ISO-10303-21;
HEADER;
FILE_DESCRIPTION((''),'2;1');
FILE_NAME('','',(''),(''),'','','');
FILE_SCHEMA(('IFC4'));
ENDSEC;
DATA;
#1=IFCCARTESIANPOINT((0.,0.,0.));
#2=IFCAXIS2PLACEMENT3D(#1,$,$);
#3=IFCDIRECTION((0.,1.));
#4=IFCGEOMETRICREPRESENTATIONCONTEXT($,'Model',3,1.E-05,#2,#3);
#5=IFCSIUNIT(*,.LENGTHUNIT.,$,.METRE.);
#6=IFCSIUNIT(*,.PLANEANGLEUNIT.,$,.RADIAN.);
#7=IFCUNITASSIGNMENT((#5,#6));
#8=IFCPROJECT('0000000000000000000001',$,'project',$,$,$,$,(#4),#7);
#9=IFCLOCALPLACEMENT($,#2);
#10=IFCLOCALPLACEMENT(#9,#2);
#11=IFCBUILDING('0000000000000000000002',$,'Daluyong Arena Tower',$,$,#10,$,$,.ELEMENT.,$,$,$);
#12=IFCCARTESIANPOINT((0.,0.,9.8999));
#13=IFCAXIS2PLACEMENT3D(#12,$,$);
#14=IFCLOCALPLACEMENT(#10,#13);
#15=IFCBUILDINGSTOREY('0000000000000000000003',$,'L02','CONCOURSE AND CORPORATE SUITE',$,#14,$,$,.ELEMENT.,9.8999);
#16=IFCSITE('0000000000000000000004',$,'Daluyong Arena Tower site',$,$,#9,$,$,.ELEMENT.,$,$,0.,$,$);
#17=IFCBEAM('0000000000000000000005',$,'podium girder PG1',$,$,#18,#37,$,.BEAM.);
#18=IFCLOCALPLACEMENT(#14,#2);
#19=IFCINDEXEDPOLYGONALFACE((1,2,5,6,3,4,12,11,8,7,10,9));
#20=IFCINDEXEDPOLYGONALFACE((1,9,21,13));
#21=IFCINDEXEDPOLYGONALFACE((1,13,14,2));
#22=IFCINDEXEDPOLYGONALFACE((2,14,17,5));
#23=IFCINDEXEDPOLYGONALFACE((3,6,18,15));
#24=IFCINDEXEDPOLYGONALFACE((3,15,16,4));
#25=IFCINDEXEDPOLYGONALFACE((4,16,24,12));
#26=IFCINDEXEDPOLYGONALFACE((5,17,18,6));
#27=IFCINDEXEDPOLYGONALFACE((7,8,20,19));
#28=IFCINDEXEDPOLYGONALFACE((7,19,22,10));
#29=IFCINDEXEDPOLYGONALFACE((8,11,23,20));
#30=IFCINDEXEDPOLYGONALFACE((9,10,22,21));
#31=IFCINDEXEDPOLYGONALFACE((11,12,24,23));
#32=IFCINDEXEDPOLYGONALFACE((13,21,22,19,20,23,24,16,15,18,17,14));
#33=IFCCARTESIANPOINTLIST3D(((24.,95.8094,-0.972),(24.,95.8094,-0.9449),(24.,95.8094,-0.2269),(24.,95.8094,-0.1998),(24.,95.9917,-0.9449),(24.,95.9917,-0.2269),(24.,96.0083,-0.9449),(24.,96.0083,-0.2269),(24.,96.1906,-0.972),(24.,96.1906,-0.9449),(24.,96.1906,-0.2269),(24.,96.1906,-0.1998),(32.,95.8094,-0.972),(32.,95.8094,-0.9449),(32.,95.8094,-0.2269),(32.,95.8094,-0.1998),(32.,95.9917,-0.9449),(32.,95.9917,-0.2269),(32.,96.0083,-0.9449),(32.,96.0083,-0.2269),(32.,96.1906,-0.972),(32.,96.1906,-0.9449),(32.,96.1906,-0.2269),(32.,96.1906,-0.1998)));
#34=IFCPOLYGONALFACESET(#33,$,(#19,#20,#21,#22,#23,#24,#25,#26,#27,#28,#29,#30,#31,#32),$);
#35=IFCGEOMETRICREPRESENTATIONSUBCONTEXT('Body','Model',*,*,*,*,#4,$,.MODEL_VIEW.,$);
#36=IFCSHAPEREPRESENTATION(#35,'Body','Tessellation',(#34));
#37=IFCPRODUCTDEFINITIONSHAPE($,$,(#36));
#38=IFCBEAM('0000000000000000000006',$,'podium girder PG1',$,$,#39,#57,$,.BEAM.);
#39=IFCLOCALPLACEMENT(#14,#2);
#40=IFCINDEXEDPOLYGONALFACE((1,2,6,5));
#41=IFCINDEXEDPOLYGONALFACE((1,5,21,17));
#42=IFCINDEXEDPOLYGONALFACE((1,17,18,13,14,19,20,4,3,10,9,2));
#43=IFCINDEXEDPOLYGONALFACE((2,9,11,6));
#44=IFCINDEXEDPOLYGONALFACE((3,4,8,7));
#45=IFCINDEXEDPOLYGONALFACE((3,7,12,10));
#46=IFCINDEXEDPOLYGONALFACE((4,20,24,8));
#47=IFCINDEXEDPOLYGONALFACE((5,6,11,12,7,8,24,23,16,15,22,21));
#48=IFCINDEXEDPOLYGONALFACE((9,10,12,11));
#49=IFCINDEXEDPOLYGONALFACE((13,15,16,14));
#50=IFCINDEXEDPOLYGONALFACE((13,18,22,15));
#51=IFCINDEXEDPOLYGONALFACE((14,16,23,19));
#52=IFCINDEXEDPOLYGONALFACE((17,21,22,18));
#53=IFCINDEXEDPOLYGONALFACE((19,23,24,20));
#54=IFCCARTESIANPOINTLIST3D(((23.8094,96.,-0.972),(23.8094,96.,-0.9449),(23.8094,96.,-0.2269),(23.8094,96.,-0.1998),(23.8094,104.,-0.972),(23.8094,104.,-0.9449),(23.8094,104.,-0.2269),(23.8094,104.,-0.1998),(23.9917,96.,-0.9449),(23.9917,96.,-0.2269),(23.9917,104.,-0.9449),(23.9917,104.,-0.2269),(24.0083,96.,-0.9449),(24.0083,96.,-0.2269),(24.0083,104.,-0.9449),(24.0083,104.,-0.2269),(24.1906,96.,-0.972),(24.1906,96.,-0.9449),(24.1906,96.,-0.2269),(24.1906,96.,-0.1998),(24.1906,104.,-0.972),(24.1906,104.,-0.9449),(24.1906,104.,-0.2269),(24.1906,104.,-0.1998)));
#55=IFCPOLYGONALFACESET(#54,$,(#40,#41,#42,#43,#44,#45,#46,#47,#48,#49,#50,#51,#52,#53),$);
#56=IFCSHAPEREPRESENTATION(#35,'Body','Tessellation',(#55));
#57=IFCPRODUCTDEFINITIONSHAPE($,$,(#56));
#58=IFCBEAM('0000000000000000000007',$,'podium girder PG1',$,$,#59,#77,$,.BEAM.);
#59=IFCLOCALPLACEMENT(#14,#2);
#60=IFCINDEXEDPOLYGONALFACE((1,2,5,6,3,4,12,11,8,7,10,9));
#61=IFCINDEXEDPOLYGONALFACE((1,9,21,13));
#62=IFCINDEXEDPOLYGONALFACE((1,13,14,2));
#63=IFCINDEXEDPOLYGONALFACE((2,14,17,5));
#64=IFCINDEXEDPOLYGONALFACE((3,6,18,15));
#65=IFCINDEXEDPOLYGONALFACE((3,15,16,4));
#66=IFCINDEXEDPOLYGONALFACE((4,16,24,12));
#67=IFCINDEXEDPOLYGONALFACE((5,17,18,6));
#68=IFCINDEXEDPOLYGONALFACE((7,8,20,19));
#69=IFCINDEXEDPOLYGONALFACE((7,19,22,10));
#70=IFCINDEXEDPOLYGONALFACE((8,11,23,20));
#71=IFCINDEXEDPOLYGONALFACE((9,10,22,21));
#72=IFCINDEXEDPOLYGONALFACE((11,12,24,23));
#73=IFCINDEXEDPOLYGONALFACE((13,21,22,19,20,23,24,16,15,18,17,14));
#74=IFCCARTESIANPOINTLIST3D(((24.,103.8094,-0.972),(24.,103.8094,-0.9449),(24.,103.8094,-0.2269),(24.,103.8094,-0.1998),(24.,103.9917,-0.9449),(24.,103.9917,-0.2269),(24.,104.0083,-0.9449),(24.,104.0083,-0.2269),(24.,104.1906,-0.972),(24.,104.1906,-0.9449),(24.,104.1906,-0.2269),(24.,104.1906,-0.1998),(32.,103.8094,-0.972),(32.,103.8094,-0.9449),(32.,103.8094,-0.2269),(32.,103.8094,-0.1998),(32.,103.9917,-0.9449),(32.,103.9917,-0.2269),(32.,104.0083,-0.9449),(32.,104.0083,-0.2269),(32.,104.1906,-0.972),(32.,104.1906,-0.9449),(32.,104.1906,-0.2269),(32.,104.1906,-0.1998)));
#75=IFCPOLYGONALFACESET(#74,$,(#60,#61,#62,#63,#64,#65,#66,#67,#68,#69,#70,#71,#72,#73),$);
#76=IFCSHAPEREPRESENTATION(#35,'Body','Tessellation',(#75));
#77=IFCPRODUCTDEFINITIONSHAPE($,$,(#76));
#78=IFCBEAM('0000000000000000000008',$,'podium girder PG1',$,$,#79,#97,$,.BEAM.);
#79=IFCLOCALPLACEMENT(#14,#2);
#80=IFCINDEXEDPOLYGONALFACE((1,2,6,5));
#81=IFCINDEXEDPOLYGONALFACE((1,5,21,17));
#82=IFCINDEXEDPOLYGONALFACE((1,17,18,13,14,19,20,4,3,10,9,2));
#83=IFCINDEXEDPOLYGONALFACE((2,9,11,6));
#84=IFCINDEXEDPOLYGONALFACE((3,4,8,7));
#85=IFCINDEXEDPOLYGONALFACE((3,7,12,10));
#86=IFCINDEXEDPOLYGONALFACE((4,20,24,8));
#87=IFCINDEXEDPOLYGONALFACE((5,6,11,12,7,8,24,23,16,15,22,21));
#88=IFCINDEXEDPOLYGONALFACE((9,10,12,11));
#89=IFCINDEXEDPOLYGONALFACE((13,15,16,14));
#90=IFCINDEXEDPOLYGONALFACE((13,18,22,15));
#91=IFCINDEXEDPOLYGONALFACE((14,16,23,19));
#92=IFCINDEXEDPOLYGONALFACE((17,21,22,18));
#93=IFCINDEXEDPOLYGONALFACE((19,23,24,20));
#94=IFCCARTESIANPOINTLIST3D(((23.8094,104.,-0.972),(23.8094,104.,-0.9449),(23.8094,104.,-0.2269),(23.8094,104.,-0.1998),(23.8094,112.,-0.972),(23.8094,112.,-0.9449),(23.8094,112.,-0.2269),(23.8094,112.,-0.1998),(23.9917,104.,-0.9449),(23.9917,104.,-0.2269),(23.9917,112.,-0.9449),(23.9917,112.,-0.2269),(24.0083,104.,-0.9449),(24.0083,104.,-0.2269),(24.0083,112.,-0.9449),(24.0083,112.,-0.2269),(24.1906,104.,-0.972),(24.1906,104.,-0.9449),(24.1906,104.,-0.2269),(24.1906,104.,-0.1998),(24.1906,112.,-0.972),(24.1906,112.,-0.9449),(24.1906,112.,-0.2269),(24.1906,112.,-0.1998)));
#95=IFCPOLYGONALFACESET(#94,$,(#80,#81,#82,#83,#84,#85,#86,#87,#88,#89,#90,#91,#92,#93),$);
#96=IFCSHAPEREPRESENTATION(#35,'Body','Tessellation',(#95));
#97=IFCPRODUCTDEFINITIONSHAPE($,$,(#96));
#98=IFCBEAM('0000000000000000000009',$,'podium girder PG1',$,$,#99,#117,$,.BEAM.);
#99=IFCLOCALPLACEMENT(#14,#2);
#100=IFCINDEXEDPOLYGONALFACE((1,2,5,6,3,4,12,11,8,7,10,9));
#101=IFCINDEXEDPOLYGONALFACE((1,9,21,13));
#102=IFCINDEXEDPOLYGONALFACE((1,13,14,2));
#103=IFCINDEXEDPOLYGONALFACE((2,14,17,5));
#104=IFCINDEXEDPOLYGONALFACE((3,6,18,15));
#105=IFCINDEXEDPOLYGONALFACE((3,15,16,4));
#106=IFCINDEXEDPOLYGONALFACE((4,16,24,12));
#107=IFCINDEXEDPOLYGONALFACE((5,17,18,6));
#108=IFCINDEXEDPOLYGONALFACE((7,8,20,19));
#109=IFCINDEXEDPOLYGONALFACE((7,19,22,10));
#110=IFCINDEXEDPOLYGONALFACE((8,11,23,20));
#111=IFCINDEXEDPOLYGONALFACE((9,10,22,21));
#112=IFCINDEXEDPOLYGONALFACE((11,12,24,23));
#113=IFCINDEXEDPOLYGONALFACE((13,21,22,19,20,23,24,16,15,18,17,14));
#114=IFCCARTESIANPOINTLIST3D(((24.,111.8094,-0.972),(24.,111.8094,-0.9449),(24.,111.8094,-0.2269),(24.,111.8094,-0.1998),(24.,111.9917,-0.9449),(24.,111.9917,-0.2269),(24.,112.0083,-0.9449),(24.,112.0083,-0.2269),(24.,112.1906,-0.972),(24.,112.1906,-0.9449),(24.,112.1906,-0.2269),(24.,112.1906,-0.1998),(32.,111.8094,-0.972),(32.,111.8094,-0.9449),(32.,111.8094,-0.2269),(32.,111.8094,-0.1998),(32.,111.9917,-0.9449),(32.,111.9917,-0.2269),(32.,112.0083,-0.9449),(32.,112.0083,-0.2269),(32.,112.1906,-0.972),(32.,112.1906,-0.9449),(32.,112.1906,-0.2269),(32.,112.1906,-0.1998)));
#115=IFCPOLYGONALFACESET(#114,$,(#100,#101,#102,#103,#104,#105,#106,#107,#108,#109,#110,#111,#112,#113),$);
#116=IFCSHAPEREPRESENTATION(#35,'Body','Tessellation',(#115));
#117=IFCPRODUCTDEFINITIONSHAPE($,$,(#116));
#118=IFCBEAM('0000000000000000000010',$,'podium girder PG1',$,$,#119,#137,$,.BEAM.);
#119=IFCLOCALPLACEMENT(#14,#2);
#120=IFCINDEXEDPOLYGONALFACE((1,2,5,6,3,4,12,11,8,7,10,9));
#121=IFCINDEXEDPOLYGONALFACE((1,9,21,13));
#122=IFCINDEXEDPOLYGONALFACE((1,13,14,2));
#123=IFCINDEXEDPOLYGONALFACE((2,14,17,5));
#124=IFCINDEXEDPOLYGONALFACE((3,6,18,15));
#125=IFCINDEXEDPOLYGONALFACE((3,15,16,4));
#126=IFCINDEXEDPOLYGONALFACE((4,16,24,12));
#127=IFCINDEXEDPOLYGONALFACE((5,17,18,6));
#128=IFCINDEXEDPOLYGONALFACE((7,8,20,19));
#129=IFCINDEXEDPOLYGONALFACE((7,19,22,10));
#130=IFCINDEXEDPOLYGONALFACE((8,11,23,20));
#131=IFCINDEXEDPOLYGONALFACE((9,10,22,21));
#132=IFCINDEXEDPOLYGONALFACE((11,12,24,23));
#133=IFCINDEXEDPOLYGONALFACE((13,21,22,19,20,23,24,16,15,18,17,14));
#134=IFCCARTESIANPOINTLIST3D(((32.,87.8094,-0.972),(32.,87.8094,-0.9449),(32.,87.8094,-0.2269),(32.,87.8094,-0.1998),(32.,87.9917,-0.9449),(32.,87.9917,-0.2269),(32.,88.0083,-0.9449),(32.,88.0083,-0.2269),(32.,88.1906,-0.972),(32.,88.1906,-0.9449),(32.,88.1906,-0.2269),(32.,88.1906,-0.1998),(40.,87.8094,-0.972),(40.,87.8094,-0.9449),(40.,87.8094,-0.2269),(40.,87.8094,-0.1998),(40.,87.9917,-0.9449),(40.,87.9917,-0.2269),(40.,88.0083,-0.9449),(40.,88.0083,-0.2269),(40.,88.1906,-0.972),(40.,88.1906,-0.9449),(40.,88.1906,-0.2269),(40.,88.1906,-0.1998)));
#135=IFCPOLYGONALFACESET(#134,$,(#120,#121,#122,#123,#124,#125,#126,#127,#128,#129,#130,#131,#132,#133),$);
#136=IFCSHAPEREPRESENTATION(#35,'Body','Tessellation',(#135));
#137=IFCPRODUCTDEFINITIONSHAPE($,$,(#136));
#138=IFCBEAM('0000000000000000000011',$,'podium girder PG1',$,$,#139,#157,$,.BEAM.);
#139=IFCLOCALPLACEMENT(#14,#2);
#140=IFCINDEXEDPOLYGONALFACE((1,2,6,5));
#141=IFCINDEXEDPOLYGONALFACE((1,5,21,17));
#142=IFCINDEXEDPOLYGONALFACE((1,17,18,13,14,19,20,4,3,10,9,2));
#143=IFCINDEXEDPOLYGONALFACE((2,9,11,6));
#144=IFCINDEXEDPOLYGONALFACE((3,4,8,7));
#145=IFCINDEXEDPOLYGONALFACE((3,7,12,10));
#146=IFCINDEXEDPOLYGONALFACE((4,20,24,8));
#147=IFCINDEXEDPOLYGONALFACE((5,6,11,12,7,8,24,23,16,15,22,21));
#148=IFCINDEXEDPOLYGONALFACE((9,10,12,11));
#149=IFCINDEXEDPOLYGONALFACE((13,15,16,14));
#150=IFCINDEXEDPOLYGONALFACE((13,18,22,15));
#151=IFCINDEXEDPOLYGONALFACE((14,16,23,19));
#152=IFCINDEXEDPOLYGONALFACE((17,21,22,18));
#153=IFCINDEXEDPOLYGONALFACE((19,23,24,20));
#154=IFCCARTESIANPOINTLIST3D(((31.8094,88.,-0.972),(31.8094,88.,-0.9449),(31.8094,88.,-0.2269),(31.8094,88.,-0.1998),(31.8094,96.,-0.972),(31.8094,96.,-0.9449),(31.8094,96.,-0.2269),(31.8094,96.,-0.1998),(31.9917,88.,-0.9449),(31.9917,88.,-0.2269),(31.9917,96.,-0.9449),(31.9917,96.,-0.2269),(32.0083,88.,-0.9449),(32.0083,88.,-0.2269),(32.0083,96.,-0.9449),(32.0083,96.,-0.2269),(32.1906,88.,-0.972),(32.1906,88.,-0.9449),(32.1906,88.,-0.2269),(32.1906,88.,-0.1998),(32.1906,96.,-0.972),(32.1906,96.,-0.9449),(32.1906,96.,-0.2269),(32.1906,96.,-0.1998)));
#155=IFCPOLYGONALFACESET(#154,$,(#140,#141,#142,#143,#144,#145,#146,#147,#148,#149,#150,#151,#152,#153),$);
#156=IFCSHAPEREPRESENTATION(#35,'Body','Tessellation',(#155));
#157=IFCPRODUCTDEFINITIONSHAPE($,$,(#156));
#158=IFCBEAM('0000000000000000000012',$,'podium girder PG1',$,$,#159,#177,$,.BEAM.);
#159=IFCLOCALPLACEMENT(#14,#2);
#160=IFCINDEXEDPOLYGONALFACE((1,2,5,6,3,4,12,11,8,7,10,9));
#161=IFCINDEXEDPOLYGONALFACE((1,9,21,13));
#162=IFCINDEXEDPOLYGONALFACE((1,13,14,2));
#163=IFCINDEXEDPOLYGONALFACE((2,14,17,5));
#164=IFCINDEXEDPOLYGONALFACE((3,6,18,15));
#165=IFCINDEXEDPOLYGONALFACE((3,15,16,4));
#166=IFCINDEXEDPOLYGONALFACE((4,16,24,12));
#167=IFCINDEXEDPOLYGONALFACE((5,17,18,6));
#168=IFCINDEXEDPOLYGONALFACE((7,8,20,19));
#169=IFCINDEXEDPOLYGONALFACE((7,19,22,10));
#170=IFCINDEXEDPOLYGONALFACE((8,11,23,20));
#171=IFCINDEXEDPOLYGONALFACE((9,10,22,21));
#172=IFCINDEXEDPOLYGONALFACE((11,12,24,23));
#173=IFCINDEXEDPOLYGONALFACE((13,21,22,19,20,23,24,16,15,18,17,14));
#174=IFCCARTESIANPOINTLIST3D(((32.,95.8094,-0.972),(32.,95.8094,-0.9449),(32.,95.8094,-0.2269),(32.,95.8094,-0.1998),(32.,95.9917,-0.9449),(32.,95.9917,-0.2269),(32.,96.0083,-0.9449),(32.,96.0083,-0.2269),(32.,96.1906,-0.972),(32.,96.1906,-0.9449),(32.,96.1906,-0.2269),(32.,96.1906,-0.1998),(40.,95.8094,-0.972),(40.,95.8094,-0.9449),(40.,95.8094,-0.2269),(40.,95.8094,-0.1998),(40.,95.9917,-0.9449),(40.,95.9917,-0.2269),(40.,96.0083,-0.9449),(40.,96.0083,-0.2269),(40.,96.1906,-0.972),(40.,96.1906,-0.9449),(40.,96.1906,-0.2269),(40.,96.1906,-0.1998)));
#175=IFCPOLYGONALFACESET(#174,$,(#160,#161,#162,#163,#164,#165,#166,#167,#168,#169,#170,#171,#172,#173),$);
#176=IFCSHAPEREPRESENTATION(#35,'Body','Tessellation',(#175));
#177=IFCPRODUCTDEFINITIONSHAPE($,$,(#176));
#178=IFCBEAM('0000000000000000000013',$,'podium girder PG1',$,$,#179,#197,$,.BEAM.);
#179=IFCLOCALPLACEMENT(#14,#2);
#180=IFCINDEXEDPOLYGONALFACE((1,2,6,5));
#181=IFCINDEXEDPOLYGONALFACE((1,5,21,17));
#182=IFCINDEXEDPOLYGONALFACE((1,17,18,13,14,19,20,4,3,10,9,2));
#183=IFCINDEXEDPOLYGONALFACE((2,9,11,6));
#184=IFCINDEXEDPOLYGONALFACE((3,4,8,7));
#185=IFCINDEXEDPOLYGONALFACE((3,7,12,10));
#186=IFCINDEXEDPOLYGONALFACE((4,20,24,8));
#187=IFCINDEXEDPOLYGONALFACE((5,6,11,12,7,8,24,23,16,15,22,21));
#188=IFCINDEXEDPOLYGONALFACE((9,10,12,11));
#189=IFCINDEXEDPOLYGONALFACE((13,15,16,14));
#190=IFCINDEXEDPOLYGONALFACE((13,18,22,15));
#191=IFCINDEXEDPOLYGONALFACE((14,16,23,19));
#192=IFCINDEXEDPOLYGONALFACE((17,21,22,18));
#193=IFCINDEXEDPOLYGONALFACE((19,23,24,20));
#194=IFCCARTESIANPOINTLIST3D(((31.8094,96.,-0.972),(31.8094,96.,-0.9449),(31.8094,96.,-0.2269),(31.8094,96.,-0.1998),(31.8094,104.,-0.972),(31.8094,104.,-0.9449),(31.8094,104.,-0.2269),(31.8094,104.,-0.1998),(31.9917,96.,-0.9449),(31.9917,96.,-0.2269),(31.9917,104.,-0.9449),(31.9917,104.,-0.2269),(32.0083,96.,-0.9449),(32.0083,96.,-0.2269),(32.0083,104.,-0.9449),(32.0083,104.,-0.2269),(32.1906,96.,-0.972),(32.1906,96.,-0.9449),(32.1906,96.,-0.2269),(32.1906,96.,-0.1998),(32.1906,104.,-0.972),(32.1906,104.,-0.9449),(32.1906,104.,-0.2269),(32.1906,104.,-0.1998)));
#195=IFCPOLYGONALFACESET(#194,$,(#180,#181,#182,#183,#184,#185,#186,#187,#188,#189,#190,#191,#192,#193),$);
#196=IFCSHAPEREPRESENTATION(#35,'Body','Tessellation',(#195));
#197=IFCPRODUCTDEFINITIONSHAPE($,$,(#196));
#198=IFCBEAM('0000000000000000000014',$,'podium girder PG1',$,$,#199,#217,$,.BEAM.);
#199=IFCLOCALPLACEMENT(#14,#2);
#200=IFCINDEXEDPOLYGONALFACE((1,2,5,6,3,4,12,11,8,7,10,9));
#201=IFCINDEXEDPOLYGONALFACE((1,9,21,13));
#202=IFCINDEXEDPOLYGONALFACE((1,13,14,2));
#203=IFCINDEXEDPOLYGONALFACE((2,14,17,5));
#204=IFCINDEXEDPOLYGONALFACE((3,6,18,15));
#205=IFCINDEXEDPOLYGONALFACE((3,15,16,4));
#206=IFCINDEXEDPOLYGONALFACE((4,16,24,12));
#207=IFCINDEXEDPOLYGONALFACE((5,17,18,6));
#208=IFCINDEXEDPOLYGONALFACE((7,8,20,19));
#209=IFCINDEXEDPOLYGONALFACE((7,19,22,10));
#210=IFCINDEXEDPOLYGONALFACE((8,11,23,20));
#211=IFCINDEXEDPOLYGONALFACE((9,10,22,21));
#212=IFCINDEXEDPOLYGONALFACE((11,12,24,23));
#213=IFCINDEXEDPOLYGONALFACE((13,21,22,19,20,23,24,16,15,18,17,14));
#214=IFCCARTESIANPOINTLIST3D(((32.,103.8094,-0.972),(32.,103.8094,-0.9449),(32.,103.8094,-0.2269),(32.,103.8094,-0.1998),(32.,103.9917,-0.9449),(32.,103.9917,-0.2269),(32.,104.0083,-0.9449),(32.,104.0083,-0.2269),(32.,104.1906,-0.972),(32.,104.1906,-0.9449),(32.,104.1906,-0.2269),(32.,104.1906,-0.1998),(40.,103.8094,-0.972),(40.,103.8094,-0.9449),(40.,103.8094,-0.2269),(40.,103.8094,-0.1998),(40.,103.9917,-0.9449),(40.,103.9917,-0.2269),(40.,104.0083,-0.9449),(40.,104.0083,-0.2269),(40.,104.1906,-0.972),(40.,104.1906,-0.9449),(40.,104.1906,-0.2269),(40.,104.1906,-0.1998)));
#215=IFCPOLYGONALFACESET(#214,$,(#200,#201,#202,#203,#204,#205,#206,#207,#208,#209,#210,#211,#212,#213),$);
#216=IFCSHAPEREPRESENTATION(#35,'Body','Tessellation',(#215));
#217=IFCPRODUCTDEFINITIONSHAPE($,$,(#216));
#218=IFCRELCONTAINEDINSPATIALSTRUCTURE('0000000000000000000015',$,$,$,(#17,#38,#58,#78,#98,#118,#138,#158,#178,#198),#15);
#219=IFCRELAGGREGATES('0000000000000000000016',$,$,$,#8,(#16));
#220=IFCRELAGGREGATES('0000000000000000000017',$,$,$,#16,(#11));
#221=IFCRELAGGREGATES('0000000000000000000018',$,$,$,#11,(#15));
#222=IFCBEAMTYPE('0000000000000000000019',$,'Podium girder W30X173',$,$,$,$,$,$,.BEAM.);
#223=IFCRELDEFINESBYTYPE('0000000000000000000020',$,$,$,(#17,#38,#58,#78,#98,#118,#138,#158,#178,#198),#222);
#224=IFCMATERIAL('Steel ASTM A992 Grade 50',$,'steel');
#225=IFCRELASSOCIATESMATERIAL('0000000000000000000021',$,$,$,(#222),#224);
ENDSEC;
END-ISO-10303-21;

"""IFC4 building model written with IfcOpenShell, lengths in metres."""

from ifc_helpers import new_model, si_unit, direction, frame, origin, origin_2d, place, context, subcontext, project, spatial, i_section, extrude, material, material_profile, profile_set, type_object, element, save


model = new_model("IFC4")

# Units and contexts
model_context = context("Model", 3, precision=1e-05, world=origin(), true_north=direction((0.0, 1.0)))
body_context = subcontext(model_context, "Body", "Model", "MODEL_VIEW")
ifc_project = project(units=[si_unit("LENGTHUNIT", "METRE"), si_unit("PLANEANGLEUNIT", "RADIAN")], contexts=[model_context])

# Site, building, storey
site_placement = place(None, origin())
site = spatial("IfcSite", under=ifc_project, at=site_placement, Name="Daluyong Arena Tower site", CompositionType="ELEMENT", RefElevation=0.0)
building_placement = place(site_placement, origin())
building = spatial("IfcBuilding", under=site, at=building_placement, Name="Daluyong Arena Tower", CompositionType="ELEMENT")
storey_placement = place(building_placement, frame((0.0, 0.0, 9.8999)))
storey = spatial("IfcBuildingStorey", under=building, at=storey_placement, Name="L02", Description="CONCOURSE AND CORPORATE SUITE", CompositionType="ELEMENT", Elevation=9.8999)

# Beams
ifc_material_1 = material(Name="Steel ASTM A992 Grade 50", Category="steel")
ifc_material_profile_1 = material_profile(ifc_material_1, i_section(OverallWidth=0.3811, OverallDepth=0.7722, WebThickness=0.0166, FlangeThickness=0.0271, at=origin_2d()))
ifc_profile_set_1 = profile_set([ifc_material_profile_1], Name="Steel ASTM A992 Grade 50")
beam_type_1 = type_object("IfcBeamType", Name="Podium girder W30X173", PredefinedType="BEAM", material=ifc_profile_set_1)
for number, where, z_axis, x_axis, name in (
    (1, (24.0, 96.0, -0.5859), (1.0, 0.0, 0.0), (0.0, 1.0, 0.0), "podium girder PG1"),
    (2, (24.0, 96.0, -0.5859), (0.0, 1.0, 0.0), (-1.0, 0.0, 0.0), "podium girder PG1"),
    (3, (24.0, 104.0, -0.5859), (1.0, 0.0, 0.0), (0.0, 1.0, 0.0), "podium girder PG1"),
    (4, (24.0, 104.0, -0.5859), (0.0, 1.0, 0.0), (-1.0, 0.0, 0.0), "podium girder PG1"),
    (5, (24.0, 112.0, -0.5859), (1.0, 0.0, 0.0), (0.0, 1.0, 0.0), "podium girder PG1"),
    (6, (32.0, 88.0, -0.5859), (1.0, 0.0, 0.0), (0.0, 1.0, 0.0), "podium girder PG1"),
    (7, (32.0, 88.0, -0.5859), (0.0, 1.0, 0.0), (-1.0, 0.0, 0.0), "podium girder PG1"),
    (8, (32.0, 96.0, -0.5859), (1.0, 0.0, 0.0), (0.0, 1.0, 0.0), "podium girder PG1"),
    (9, (32.0, 96.0, -0.5859), (0.0, 1.0, 0.0), (-1.0, 0.0, 0.0), "podium girder PG1"),
    (10, (32.0, 104.0, -0.5859), (1.0, 0.0, 0.0), (0.0, 1.0, 0.0), "podium girder PG1"),
):
    element("IfcBeam", number, at=place(storey_placement, frame(where, z_axis=z_axis, x_axis=x_axis)), inside=storey, type_object=beam_type_1, Name=name, PredefinedType="BEAM", context=body_context, shape_type="SweptSolid", body=[
        extrude(i_section(OverallWidth=0.3811, OverallDepth=0.7722, WebThickness=0.0166, FlangeThickness=0.0271, at=origin_2d()), origin(), (0.0, 0.0, 1.0), 8.0),
    ])

save(model, "model.ifc")
